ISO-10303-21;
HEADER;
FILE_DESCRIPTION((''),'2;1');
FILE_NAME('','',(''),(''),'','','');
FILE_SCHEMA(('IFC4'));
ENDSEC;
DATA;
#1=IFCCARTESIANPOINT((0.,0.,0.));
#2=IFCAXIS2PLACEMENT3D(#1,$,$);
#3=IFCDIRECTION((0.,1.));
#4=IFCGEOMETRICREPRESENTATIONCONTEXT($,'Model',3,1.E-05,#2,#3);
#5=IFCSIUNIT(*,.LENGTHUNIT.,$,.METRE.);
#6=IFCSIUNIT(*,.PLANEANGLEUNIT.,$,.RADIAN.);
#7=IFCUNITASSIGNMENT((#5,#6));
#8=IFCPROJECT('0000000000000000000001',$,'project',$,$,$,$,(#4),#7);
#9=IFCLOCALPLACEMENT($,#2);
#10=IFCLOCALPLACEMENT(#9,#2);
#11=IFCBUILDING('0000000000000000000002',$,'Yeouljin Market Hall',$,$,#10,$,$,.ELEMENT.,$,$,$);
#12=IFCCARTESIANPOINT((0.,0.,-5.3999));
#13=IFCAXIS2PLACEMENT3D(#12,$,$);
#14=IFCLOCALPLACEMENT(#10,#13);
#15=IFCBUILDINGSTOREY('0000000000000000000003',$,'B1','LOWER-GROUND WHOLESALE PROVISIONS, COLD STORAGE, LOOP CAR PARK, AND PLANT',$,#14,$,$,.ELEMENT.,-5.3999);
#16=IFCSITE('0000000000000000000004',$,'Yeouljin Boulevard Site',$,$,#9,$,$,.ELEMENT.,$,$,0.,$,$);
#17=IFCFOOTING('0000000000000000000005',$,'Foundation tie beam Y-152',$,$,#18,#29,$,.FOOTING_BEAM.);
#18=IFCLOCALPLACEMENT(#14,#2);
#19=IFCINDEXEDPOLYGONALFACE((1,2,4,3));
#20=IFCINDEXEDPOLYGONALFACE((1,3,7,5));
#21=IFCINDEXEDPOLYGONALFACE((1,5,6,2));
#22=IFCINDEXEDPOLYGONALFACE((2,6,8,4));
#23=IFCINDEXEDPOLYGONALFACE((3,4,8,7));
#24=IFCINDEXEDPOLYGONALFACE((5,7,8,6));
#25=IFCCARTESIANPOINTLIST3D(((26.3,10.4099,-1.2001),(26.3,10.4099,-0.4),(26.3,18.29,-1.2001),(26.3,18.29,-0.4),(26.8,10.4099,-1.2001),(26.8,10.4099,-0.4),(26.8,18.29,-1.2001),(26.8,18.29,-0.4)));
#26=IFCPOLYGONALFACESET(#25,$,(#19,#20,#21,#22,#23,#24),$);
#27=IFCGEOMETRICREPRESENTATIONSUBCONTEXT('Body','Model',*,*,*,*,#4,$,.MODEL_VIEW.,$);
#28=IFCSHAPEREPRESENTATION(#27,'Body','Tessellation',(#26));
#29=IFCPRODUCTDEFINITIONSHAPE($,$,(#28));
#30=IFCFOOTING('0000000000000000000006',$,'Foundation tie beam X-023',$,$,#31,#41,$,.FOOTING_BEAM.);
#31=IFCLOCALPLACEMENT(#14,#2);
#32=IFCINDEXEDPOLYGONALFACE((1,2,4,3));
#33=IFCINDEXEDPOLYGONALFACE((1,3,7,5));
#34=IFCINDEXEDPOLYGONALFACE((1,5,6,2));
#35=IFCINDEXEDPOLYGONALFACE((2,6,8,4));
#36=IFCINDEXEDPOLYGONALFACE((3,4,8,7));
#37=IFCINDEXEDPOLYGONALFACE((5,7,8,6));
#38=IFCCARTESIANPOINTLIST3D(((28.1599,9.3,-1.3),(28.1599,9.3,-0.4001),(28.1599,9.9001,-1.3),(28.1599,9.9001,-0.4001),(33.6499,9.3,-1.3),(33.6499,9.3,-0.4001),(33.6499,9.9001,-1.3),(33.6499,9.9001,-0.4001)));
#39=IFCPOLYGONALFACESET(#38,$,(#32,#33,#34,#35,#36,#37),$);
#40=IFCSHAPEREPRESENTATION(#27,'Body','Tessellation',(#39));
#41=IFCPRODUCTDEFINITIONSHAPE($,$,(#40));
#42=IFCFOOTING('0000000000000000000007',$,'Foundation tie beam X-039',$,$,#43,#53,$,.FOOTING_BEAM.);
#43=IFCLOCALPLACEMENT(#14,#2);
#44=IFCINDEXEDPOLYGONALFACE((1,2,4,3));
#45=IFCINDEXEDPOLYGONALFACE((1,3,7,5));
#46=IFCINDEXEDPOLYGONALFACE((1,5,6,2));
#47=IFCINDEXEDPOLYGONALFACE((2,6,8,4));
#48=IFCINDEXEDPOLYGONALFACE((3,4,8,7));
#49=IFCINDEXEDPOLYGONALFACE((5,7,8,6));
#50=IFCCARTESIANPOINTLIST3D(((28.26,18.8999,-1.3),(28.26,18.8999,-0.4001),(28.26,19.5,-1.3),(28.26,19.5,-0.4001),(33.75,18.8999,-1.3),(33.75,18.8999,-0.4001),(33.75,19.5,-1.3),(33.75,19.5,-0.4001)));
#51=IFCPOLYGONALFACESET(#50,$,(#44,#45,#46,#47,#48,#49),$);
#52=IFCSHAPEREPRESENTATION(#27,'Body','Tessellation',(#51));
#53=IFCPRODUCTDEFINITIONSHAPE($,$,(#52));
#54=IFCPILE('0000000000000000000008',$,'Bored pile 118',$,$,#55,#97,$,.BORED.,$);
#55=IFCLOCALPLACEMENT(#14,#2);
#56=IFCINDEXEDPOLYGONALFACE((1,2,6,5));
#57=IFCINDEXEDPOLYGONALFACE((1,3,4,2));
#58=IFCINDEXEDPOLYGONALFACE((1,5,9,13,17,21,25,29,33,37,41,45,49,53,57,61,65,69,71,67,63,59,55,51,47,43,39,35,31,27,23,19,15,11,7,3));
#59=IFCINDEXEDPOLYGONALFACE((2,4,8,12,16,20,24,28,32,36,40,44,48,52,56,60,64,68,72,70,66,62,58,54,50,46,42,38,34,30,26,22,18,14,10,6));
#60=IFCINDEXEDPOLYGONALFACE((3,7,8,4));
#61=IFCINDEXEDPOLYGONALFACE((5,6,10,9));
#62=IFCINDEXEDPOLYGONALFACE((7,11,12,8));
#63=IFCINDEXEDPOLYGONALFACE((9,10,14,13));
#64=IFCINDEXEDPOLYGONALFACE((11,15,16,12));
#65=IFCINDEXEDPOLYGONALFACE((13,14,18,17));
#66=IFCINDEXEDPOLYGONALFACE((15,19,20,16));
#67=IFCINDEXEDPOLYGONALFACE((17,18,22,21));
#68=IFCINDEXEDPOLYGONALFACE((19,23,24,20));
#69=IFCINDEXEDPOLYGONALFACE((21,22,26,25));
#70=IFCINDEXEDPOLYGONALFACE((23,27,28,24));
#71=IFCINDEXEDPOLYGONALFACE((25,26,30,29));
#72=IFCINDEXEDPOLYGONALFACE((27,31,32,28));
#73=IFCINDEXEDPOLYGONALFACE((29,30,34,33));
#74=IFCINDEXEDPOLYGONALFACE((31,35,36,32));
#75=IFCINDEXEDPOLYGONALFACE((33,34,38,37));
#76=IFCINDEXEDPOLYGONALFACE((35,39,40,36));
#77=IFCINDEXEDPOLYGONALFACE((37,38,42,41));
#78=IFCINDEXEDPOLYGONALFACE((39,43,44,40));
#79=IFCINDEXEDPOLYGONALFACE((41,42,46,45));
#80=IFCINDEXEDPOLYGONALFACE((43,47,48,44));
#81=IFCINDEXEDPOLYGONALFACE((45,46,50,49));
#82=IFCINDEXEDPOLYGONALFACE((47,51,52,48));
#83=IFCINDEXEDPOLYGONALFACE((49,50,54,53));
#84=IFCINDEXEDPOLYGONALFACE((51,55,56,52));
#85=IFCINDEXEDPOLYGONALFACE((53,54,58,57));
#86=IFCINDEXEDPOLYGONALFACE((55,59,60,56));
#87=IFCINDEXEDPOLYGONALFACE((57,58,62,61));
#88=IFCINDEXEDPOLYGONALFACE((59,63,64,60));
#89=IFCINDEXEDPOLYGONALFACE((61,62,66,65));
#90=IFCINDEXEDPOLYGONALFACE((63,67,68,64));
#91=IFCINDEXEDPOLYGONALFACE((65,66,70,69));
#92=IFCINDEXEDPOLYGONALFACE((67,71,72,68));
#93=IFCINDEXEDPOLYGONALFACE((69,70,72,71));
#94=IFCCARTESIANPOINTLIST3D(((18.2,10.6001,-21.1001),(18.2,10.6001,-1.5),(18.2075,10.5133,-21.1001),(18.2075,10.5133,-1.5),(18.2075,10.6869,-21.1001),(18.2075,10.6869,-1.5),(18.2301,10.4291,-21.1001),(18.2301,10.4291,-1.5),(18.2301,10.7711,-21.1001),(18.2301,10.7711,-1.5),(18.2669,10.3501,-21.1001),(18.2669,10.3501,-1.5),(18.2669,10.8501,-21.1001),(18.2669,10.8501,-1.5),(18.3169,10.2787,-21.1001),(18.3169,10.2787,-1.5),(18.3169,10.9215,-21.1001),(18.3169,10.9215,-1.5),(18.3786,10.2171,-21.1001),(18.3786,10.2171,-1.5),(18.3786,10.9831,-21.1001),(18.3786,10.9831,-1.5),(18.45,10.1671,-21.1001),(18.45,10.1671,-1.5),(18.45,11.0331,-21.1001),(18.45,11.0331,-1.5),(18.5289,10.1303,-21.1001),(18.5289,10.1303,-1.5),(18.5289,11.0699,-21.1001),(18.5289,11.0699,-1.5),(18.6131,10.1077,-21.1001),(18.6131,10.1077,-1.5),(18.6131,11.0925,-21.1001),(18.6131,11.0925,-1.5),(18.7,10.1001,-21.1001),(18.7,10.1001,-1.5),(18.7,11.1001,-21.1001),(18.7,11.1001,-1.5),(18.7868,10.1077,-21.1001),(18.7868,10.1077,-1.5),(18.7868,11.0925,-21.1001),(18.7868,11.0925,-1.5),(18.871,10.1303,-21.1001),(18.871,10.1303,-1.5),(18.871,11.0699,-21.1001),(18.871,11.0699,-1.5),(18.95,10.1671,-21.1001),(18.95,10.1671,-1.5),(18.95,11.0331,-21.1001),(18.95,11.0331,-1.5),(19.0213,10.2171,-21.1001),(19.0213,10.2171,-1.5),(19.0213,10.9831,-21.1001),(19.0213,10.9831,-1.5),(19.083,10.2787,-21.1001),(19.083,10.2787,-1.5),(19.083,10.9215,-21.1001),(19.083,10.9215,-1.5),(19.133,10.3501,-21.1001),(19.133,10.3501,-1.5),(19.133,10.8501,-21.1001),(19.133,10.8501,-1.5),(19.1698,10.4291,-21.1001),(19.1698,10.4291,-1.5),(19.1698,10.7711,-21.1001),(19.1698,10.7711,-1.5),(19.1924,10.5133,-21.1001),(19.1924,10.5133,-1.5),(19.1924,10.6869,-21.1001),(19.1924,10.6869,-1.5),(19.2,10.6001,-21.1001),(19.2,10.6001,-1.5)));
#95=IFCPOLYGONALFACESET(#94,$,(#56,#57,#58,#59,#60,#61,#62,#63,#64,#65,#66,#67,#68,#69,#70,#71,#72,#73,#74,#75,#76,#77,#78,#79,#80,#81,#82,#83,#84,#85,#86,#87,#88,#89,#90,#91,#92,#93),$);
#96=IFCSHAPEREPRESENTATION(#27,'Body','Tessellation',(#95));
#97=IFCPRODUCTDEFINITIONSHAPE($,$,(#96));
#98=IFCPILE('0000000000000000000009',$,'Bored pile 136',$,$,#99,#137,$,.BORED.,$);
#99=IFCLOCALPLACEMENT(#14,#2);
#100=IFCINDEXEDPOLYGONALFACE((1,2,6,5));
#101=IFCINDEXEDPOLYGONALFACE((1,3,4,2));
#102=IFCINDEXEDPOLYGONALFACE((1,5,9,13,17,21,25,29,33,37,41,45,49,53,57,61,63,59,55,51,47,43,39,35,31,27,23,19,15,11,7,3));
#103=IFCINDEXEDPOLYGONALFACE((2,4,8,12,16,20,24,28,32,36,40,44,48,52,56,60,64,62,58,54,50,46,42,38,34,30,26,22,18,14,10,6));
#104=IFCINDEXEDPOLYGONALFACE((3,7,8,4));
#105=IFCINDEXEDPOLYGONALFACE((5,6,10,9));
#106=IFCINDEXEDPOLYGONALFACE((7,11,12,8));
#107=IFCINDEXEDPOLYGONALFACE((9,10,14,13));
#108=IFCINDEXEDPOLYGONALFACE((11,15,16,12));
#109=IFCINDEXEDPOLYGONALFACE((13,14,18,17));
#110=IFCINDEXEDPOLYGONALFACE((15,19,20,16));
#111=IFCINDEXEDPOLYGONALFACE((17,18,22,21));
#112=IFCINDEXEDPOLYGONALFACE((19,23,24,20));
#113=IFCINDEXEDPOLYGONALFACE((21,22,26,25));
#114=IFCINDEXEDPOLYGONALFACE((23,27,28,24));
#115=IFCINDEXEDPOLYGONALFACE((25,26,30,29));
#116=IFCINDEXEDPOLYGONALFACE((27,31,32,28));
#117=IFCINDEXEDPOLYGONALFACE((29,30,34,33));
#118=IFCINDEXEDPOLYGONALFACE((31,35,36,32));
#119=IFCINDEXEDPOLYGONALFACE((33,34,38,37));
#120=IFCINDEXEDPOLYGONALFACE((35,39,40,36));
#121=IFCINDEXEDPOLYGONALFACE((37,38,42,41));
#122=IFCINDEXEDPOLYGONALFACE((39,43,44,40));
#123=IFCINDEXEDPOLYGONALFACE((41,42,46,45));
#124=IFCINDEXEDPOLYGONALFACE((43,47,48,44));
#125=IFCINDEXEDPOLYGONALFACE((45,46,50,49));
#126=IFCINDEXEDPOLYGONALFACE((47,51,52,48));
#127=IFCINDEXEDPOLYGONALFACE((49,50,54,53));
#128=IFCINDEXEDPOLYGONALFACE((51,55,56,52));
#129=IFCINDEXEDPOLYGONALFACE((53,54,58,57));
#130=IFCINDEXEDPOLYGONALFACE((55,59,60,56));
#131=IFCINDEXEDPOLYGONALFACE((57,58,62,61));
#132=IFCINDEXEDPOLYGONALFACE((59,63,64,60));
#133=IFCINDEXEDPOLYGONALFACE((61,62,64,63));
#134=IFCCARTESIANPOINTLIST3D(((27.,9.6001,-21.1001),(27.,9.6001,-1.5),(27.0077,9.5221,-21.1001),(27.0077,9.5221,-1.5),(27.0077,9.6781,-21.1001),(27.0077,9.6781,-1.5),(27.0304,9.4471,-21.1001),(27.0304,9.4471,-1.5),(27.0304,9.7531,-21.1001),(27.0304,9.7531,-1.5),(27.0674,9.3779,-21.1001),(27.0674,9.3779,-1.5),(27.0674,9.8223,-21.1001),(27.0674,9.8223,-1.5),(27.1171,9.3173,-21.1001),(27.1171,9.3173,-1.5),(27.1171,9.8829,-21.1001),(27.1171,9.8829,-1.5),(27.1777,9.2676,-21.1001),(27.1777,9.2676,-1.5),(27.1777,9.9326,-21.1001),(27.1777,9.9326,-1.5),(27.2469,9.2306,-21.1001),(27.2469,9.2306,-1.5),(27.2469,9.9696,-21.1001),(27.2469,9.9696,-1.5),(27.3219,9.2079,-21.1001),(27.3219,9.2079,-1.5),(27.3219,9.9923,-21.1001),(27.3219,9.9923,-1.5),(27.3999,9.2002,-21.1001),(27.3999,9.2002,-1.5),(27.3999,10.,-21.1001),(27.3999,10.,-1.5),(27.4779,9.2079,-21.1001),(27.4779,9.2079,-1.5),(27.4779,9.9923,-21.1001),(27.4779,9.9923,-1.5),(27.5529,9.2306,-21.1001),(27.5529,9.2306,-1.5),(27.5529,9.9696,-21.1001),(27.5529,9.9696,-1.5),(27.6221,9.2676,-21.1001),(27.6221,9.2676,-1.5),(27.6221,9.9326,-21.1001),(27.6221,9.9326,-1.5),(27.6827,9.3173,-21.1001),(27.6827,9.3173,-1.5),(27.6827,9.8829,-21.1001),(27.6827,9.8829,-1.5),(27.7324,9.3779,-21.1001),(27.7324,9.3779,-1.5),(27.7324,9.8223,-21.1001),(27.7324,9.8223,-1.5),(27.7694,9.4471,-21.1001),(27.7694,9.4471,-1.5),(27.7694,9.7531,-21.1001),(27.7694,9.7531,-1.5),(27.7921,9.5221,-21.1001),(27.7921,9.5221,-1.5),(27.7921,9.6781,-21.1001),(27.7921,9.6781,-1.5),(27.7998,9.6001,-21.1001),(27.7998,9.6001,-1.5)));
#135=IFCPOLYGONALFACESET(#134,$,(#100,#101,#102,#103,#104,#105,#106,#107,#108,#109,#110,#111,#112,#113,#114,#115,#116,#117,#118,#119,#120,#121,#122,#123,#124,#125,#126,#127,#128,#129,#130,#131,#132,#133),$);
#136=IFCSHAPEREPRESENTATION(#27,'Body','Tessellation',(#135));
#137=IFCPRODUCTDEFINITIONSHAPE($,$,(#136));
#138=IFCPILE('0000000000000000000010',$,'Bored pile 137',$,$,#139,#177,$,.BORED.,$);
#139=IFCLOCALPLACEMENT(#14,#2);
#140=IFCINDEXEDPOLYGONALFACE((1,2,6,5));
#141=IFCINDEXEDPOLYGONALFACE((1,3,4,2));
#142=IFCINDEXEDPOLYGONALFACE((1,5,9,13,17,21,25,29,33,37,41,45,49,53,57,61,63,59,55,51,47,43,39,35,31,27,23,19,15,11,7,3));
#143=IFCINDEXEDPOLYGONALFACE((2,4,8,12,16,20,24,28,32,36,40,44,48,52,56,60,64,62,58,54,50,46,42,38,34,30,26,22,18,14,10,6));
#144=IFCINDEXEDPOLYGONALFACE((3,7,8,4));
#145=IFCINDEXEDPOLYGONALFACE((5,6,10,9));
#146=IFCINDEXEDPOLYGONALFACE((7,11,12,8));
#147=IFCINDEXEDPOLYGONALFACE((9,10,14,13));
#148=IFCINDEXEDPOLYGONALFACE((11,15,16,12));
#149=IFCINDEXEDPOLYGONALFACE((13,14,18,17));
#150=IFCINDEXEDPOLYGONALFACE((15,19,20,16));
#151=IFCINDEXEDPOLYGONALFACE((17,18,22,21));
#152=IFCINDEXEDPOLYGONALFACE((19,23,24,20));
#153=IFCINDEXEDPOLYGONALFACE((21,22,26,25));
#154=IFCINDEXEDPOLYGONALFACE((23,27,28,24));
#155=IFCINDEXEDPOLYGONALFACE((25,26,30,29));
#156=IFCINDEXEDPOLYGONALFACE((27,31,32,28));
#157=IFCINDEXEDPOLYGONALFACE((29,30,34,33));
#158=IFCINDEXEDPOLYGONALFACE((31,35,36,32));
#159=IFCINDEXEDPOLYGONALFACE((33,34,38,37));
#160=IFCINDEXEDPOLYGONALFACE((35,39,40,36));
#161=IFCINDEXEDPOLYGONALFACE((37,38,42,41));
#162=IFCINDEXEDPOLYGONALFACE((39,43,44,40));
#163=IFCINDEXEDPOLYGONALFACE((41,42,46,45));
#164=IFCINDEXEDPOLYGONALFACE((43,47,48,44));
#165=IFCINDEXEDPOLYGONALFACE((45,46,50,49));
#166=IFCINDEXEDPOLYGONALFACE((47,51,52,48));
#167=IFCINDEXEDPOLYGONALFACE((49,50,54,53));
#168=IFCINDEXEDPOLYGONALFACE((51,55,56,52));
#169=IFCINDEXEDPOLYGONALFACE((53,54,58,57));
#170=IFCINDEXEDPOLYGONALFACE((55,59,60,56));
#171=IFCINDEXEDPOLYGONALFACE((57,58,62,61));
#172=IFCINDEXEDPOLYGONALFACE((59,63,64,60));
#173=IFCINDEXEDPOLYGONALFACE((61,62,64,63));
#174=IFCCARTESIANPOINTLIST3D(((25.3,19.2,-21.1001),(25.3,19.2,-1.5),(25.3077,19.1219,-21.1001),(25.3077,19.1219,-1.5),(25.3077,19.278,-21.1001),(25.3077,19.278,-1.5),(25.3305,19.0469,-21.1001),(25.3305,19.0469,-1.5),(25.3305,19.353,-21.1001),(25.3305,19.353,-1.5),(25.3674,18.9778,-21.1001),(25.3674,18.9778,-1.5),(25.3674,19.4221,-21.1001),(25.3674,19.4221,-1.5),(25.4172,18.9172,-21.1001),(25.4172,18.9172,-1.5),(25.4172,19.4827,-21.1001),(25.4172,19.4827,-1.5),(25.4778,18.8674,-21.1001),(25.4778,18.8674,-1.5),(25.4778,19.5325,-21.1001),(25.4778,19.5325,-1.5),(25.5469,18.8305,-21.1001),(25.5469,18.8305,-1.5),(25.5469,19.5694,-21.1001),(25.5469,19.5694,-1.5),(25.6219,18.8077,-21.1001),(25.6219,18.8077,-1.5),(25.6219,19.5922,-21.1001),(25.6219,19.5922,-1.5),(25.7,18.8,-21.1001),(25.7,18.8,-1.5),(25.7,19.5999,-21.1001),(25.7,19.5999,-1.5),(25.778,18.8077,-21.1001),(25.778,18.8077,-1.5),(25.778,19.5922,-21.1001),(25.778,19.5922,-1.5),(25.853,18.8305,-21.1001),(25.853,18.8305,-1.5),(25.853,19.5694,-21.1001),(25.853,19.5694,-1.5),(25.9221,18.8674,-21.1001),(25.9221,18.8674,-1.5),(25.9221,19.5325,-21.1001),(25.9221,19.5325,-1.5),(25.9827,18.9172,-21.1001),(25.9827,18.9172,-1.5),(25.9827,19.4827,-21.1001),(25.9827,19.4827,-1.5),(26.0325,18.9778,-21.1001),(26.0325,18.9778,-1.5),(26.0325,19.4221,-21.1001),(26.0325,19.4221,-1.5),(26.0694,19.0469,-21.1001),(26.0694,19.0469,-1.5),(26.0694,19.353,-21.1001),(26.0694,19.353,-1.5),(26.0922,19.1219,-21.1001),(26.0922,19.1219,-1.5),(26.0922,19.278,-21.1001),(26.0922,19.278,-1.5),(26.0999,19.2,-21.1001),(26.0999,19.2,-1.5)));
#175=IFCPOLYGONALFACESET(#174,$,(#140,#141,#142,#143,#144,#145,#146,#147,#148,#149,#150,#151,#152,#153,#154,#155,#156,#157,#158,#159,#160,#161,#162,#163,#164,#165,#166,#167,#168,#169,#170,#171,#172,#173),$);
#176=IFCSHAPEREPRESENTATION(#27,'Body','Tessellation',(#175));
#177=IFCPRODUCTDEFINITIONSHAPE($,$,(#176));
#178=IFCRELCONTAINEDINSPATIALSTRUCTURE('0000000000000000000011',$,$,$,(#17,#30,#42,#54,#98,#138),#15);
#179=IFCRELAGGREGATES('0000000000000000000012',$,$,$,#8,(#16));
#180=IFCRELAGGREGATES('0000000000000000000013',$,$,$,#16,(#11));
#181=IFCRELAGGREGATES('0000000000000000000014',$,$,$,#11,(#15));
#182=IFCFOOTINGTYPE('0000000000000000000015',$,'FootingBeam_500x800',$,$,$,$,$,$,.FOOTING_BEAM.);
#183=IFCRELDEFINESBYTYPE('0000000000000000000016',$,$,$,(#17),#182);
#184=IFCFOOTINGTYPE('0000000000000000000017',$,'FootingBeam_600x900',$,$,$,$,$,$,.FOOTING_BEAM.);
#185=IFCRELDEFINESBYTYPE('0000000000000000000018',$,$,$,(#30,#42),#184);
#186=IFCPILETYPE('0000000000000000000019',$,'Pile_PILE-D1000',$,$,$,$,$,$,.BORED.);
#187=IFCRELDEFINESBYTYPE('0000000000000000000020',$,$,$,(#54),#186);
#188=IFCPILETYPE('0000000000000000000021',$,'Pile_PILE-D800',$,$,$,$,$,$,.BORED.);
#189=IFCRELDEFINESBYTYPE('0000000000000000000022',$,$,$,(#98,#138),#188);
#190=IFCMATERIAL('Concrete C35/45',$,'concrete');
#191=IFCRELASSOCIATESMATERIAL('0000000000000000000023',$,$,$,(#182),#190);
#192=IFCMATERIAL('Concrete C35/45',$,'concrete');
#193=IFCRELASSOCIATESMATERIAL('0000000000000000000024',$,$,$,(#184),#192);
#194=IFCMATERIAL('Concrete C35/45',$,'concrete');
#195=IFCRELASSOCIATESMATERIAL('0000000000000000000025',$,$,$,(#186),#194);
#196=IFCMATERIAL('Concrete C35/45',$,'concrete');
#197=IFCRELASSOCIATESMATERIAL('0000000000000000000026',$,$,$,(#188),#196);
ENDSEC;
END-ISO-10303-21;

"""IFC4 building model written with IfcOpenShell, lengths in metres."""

from ifc_helpers import new_model, si_unit, direction, frame, origin, origin_2d, place, context, subcontext, project, spatial, rectangle, circle, extrude, material, material_profile, profile_set, type_object, element, save


model = new_model("IFC4")

# Units and contexts
model_context = context("Model", 3, precision=1e-05, world=origin(), true_north=direction((0.0, 1.0)))
body_context = subcontext(model_context, "Body", "Model", "MODEL_VIEW")
ifc_project = project(units=[si_unit("LENGTHUNIT", "METRE"), si_unit("PLANEANGLEUNIT", "RADIAN")], contexts=[model_context])

# Site, building, storey
site_placement = place(None, origin())
site = spatial("IfcSite", under=ifc_project, at=site_placement, Name="Yeouljin Boulevard Site", CompositionType="ELEMENT", RefElevation=0.0)
building_placement = place(site_placement, origin())
building = spatial("IfcBuilding", under=site, at=building_placement, Name="Yeouljin Market Hall", CompositionType="ELEMENT")
storey_placement = place(building_placement, frame((0.0, 0.0, -5.3999)))
storey = spatial("IfcBuildingStorey", under=building, at=storey_placement, Name="B1", Description="LOWER-GROUND WHOLESALE PROVISIONS, COLD STORAGE, LOOP CAR PARK, AND PLANT", CompositionType="ELEMENT", Elevation=-5.3999)

# Footings
ifc_material_1 = material(Name="Concrete C35/45", Category="concrete")
ifc_material_profile_1 = material_profile(ifc_material_1, rectangle(XDim=0.5, YDim=0.8, at=origin_2d()), Name="RC-500x800")
ifc_profile_set_1 = profile_set([ifc_material_profile_1], Name="Concrete C35/45")
footing_type_1 = type_object("IfcFootingType", Name="FootingBeam_500x800", PredefinedType="FOOTING_BEAM", material=ifc_profile_set_1)
footing_placement = place(storey_placement, frame((26.55, 10.4099, -0.8), z_axis=(0.0, 1.0, 0.0), x_axis=(-1.0, 0.0, 0.0)))
element("IfcFooting", 1, at=footing_placement, inside=storey, type_object=footing_type_1, Name="Foundation tie beam Y-152", PredefinedType="FOOTING_BEAM", context=body_context, shape_type="SweptSolid", body=[
    extrude(rectangle(XDim=0.5, YDim=0.8, at=origin_2d()), origin(), (0.0, 0.0, 1.0), 7.8801),
])
ifc_material_2 = material(Name="Concrete C35/45", Category="concrete")
ifc_material_profile_2 = material_profile(ifc_material_2, rectangle(XDim=0.6001, YDim=0.8999, at=origin_2d()), Name="RC-600x900")
ifc_profile_set_2 = profile_set([ifc_material_profile_2], Name="Concrete C35/45")
footing_type_2 = type_object("IfcFootingType", Name="FootingBeam_600x900", PredefinedType="FOOTING_BEAM", material=ifc_profile_set_2)
for number, where, z_axis, x_axis, name in (
    (2, (28.1599, 9.6001, -0.8501), (1.0, 0.0, 0.0), (0.0, 1.0, 0.0), "Foundation tie beam X-023"),
    (3, (28.26, 19.2, -0.8501), (1.0, 0.0, 0.0), (0.0, 1.0, 0.0), "Foundation tie beam X-039"),
):
    element("IfcFooting", number, at=place(storey_placement, frame(where, z_axis=z_axis, x_axis=x_axis)), inside=storey, type_object=footing_type_2, Name=name, PredefinedType="FOOTING_BEAM", context=body_context, shape_type="SweptSolid", body=[
        extrude(rectangle(XDim=0.6001, YDim=0.8999, at=origin_2d()), origin(), (0.0, 0.0, 1.0), 5.49),
    ])

# Piles
ifc_material_3 = material(Name="Concrete C35/45", Category="concrete")
ifc_material_profile_3 = material_profile(ifc_material_3, circle(Radius=0.5, at=origin_2d()), Name="PILE-D1000")
ifc_profile_set_3 = profile_set([ifc_material_profile_3], Name="Concrete C35/45")
pile_type_1 = type_object("IfcPileType", Name="Pile_PILE-D1000", PredefinedType="BORED", material=ifc_profile_set_3)
pile_placement = place(storey_placement, frame((18.7, 10.6001, -1.5), z_axis=(0.0, 0.0, -1.0), x_axis=(1.0, 0.0, 0.0)))
element("IfcPile", 4, at=pile_placement, inside=storey, type_object=pile_type_1, Name="Bored pile 118", PredefinedType="BORED", context=body_context, shape_type="SweptSolid", body=[
    extrude(circle(Radius=0.5, at=origin_2d()), origin(), (0.0, 0.0, 1.0), 19.6001),
])
ifc_material_4 = material(Name="Concrete C35/45", Category="concrete")
ifc_material_profile_4 = material_profile(ifc_material_4, circle(Radius=0.3999, at=origin_2d()), Name="PILE-D800")
ifc_profile_set_4 = profile_set([ifc_material_profile_4], Name="Concrete C35/45")
pile_type_2 = type_object("IfcPileType", Name="Pile_PILE-D800", PredefinedType="BORED", material=ifc_profile_set_4)
for number, where, z_axis, x_axis, name in (
    (5, (27.3999, 9.6001, -1.5), (0.0, 0.0, -1.0), (1.0, 0.0, 0.0), "Bored pile 136"),
    (6, (25.7, 19.2, -1.5), (0.0, 0.0, -1.0), (1.0, 0.0, 0.0), "Bored pile 137"),
):
    element("IfcPile", number, at=place(storey_placement, frame(where, z_axis=z_axis, x_axis=x_axis)), inside=storey, type_object=pile_type_2, Name=name, PredefinedType="BORED", context=body_context, shape_type="SweptSolid", body=[
        extrude(circle(Radius=0.3999, at=origin_2d()), origin(), (0.0, 0.0, 1.0), 19.6001),
    ])

save(model, "model.ifc")
